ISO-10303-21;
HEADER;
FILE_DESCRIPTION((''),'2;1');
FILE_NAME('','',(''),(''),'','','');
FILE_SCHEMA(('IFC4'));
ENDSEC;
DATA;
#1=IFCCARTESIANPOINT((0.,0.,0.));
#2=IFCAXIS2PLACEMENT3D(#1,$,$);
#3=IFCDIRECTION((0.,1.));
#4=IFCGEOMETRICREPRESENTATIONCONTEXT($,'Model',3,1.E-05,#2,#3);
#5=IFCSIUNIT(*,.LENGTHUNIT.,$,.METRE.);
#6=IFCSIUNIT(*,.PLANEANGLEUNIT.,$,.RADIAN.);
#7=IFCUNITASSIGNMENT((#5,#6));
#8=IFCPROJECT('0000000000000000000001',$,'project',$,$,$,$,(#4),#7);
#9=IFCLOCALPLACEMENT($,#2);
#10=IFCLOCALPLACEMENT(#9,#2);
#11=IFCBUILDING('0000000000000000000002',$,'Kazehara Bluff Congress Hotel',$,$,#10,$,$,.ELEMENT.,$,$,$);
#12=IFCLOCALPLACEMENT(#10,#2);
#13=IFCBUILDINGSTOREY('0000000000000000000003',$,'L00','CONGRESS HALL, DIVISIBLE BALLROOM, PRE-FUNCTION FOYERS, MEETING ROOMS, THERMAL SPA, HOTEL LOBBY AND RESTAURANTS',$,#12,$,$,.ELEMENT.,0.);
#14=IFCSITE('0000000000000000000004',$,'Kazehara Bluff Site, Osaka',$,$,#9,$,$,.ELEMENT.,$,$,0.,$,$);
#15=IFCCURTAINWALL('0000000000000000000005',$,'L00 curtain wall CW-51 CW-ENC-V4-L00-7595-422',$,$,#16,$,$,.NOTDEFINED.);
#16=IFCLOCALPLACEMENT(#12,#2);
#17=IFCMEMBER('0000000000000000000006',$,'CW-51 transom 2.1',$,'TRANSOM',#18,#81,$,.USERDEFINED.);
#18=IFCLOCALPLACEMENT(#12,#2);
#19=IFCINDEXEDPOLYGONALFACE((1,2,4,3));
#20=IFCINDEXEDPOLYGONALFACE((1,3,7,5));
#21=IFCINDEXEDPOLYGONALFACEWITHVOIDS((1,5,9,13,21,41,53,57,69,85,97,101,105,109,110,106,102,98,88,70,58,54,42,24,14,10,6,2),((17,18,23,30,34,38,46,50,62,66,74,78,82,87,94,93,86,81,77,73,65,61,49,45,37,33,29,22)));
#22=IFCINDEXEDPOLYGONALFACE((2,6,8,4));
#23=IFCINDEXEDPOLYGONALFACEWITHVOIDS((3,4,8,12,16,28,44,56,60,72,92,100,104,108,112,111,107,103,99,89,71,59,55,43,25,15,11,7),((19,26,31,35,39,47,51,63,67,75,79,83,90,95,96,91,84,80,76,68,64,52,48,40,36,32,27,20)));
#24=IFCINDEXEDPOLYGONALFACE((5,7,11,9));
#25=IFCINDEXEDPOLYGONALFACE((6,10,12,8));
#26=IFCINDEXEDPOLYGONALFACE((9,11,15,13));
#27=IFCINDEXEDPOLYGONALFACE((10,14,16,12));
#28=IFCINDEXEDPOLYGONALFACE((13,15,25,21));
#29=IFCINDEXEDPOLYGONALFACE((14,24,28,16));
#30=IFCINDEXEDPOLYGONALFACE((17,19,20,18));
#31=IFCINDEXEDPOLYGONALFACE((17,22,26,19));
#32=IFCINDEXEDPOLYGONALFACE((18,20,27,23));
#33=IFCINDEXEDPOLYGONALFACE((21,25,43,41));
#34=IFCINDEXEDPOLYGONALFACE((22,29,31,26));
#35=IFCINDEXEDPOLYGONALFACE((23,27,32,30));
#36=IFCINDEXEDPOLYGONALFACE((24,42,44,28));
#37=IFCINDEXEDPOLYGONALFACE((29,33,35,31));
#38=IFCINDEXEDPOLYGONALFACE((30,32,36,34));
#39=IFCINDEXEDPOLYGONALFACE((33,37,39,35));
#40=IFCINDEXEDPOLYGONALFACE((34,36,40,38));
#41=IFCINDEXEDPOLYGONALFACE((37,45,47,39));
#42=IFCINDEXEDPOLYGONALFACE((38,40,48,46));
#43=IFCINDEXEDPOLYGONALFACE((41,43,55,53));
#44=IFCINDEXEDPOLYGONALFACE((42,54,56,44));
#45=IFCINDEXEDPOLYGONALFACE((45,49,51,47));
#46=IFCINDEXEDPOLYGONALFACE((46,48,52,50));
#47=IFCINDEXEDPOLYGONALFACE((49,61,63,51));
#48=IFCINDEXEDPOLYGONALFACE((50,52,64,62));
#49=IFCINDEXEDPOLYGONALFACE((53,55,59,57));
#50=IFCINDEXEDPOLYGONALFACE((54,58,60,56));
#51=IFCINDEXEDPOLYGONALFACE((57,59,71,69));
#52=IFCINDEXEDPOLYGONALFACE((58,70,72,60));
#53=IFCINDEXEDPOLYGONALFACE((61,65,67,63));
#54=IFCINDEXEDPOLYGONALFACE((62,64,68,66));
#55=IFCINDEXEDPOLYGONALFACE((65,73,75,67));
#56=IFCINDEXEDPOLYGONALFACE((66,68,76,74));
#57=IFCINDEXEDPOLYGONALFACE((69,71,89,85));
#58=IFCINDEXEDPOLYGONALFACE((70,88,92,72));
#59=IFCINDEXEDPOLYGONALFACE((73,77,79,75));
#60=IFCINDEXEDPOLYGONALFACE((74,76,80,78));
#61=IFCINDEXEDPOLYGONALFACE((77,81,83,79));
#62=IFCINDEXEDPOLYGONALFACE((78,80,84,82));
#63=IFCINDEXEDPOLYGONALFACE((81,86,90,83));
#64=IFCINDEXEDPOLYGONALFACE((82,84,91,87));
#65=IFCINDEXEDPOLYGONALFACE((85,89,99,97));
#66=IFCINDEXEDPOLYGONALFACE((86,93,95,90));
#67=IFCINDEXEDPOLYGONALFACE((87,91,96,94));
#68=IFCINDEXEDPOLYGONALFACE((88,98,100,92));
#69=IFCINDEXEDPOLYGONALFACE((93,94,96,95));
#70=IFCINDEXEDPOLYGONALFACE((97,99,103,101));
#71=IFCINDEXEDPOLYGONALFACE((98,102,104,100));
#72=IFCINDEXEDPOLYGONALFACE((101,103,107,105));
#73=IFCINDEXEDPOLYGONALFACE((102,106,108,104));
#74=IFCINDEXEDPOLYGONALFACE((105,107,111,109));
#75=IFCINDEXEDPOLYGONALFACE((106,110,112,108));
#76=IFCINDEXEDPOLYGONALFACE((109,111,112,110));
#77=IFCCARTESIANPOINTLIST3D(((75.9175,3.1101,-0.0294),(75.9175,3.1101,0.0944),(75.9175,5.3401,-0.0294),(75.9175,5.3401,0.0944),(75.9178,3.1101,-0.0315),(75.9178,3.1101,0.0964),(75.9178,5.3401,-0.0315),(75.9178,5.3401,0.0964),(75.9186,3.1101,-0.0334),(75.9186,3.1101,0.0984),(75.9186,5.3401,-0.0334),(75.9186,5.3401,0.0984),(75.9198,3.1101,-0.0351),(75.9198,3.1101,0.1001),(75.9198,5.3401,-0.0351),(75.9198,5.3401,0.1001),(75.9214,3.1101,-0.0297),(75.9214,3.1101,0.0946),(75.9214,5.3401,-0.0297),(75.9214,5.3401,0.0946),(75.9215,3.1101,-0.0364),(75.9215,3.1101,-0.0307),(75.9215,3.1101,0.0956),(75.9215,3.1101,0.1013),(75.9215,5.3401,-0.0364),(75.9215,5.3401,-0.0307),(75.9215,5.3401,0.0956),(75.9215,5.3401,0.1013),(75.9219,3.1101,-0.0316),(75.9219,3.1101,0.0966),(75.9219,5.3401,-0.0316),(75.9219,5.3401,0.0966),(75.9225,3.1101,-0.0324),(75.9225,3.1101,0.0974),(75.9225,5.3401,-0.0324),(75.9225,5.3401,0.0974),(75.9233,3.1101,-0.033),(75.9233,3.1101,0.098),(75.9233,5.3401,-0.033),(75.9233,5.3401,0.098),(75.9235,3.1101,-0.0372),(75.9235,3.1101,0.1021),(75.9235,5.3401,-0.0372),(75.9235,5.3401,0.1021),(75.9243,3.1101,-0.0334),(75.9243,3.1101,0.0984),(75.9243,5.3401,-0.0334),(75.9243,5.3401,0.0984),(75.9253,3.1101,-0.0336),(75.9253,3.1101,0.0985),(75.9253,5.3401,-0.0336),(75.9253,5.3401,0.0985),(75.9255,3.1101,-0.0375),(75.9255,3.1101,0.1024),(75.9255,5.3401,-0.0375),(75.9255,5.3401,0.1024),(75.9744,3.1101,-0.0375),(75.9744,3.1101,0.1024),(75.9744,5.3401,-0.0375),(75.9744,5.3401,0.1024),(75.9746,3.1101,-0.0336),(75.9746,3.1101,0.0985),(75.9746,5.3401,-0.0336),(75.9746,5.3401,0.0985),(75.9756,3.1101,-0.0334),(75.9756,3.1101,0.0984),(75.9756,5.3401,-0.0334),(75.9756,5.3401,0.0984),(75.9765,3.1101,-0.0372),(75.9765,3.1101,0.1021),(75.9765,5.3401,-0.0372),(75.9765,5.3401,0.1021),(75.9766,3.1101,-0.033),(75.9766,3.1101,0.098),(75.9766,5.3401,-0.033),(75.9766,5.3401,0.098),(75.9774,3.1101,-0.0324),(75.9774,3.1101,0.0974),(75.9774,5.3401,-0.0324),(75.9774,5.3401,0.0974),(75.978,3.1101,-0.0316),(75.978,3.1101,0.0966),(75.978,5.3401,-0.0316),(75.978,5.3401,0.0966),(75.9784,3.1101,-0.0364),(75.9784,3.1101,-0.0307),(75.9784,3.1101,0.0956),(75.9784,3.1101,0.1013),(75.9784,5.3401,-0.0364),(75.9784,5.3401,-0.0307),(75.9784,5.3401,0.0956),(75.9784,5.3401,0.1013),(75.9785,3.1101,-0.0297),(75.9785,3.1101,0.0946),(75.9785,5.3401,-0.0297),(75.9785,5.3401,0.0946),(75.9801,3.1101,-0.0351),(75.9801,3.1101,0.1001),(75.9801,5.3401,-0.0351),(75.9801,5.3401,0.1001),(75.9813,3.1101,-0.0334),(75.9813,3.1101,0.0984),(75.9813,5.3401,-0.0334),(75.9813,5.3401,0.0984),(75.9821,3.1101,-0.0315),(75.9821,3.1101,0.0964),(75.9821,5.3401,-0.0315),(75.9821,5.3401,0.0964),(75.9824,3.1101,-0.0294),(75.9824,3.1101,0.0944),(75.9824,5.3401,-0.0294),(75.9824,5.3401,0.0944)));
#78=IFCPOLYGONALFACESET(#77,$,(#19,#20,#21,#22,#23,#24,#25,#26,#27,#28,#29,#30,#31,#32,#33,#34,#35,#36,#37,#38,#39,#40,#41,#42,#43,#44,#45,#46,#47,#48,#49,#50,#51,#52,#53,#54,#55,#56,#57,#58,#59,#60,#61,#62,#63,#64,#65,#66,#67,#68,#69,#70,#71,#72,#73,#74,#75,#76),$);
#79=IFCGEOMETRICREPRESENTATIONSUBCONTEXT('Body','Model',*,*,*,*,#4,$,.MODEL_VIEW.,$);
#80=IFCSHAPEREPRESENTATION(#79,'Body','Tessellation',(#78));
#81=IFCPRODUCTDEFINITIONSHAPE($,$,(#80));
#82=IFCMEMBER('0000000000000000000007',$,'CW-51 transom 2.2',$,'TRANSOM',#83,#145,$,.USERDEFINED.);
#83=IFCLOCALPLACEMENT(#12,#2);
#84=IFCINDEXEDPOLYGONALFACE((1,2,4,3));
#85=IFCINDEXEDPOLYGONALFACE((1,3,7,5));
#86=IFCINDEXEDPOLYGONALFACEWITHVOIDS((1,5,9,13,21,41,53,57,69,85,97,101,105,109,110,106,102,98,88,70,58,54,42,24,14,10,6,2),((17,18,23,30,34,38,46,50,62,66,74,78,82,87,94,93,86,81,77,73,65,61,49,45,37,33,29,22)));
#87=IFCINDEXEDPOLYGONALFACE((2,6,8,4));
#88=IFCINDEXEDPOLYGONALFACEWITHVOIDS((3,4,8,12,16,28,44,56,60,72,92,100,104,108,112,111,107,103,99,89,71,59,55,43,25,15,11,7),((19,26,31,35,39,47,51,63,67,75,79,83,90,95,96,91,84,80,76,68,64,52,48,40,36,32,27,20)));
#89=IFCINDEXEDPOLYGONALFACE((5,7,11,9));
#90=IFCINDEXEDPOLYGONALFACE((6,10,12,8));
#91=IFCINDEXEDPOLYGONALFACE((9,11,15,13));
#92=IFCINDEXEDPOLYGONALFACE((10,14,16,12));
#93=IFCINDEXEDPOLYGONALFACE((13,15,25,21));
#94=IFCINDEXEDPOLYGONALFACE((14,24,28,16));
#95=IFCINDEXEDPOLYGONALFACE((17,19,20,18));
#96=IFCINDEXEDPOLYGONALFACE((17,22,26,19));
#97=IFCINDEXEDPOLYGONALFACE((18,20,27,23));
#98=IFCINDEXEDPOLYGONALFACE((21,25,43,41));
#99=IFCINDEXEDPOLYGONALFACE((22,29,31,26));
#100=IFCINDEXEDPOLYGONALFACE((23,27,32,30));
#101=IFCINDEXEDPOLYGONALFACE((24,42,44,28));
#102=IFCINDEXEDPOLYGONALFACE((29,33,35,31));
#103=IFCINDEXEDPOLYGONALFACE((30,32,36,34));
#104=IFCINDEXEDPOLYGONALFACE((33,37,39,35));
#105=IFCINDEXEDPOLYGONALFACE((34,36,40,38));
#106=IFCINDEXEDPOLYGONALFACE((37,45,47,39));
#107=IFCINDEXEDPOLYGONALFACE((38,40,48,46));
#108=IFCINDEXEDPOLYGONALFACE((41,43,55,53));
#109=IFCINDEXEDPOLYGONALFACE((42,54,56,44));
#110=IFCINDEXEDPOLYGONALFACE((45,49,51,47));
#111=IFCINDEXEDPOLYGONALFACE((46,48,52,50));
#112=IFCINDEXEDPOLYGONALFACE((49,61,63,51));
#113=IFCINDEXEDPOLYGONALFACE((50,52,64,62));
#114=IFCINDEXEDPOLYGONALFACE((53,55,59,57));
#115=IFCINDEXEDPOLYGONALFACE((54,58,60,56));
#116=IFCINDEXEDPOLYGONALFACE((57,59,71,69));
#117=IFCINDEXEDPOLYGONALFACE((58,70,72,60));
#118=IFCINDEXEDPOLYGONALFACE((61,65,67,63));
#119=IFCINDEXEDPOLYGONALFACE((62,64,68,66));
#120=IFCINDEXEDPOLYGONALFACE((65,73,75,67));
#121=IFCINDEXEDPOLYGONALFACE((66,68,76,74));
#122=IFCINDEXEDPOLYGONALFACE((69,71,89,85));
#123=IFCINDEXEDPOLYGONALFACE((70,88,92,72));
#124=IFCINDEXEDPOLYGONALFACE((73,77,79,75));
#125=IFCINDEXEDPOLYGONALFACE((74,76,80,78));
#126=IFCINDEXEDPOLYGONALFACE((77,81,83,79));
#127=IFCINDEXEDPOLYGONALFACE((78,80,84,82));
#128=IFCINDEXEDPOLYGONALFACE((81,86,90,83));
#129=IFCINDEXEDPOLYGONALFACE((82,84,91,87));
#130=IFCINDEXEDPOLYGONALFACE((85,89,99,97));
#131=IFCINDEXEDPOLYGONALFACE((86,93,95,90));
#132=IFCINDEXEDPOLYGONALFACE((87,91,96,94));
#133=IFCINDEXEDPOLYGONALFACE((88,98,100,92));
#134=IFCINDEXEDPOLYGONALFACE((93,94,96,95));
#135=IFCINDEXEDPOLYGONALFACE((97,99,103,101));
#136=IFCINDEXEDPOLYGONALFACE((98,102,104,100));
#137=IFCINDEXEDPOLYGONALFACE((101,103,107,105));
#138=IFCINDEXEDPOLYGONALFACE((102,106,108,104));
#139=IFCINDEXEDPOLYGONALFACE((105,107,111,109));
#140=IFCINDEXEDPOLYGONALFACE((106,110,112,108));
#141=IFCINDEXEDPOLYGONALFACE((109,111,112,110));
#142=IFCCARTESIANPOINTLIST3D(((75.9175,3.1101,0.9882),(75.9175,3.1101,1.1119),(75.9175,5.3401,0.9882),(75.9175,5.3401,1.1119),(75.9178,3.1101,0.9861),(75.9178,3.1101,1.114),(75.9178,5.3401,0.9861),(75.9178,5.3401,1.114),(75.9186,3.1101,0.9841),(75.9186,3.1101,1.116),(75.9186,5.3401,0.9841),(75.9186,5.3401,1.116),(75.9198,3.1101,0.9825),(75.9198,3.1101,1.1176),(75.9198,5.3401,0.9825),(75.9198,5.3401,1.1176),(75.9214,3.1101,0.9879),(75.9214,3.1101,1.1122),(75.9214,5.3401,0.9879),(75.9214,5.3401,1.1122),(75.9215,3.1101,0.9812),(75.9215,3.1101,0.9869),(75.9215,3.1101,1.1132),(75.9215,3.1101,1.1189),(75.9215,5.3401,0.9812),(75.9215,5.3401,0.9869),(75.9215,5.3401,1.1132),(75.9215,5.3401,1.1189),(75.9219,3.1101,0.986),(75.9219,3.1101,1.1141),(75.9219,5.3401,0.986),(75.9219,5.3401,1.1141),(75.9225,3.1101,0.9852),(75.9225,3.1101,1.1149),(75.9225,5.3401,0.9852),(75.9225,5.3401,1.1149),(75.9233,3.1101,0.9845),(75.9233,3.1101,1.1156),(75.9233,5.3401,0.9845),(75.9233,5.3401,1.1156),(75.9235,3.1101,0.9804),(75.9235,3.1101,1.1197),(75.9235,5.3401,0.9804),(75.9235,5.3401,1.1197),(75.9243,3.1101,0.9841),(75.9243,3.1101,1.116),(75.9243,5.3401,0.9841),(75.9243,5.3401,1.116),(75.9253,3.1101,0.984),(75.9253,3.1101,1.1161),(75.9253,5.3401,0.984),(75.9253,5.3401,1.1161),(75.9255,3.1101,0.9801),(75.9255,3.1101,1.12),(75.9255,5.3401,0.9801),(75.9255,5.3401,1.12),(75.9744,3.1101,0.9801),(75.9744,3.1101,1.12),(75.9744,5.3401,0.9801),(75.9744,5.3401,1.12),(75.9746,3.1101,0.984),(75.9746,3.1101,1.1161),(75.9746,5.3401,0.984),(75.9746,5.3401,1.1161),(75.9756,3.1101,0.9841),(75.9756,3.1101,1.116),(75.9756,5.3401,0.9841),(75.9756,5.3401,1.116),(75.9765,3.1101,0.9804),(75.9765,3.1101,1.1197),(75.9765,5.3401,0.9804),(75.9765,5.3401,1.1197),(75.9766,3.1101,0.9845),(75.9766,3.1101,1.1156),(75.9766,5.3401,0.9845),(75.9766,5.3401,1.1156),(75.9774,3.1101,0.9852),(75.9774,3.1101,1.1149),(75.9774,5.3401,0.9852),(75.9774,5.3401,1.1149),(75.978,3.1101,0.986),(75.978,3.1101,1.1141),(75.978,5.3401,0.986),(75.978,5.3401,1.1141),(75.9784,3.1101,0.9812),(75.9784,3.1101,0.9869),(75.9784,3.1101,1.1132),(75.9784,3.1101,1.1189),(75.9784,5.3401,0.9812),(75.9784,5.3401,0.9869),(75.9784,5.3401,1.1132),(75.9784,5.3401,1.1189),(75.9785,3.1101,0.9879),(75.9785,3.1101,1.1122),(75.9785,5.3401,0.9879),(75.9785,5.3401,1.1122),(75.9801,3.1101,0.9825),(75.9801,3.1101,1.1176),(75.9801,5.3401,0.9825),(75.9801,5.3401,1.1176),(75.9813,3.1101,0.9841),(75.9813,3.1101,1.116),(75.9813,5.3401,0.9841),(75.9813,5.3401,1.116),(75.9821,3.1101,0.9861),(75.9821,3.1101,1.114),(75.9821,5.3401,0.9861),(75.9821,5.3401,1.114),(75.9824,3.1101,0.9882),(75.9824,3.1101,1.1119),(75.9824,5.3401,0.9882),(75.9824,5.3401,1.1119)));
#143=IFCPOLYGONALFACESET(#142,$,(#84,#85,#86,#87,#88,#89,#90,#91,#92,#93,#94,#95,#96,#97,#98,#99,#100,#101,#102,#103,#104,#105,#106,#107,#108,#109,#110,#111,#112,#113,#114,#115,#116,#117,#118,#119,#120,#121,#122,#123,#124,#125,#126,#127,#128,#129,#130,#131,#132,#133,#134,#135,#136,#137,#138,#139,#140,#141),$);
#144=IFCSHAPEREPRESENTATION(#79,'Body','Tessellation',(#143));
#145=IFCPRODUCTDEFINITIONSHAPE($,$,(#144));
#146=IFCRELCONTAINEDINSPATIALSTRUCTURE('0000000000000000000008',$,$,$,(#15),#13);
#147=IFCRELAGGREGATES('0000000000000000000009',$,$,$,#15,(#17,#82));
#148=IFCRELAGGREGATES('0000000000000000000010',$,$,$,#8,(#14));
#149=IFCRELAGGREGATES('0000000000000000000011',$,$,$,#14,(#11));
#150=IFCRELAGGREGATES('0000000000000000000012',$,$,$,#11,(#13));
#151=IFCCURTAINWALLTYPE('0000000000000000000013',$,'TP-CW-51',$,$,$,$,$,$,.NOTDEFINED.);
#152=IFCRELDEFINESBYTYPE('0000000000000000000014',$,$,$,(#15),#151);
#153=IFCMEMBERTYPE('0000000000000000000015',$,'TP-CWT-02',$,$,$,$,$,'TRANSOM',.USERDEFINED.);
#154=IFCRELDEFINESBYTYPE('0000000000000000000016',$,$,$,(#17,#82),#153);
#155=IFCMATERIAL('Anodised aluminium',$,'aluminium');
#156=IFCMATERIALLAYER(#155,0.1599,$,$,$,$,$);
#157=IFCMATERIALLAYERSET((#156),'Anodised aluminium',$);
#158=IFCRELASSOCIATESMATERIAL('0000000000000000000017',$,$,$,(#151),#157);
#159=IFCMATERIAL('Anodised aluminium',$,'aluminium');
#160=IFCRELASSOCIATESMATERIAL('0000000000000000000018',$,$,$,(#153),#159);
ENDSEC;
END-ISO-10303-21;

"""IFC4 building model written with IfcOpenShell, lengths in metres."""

from ifc_helpers import new_model, si_unit, direction, frame, origin, origin_2d, place, context, subcontext, project, spatial, hollow_rectangle, extrude, material, layer, layer_set, material_profile, profile_set, type_object, element, aggregate, save


model = new_model("IFC4")

# Units and contexts
model_context = context("Model", 3, precision=1e-05, world=origin(), true_north=direction((0.0, 1.0)))
body_context = subcontext(model_context, "Body", "Model", "MODEL_VIEW")
ifc_project = project(units=[si_unit("LENGTHUNIT", "METRE"), si_unit("PLANEANGLEUNIT", "RADIAN")], contexts=[model_context])

# Site, building, storey
site_placement = place(None, origin())
site = spatial("IfcSite", under=ifc_project, at=site_placement, Name="Kazehara Bluff Site, Osaka", CompositionType="ELEMENT", RefElevation=0.0)
building_placement = place(site_placement, origin())
building = spatial("IfcBuilding", under=site, at=building_placement, Name="Kazehara Bluff Congress Hotel", CompositionType="ELEMENT")
storey_placement = place(building_placement, origin())
storey = spatial("IfcBuildingStorey", under=building, at=storey_placement, Name="L00", Description="CONGRESS HALL, DIVISIBLE BALLROOM, PRE-FUNCTION FOYERS, MEETING ROOMS, THERMAL SPA, HOTEL LOBBY AND RESTAURANTS", CompositionType="ELEMENT", Elevation=0.0)

# Curtain wall
ifc_material_1 = material(Name="Anodised aluminium", Category="aluminium")
ifc_layer_1 = layer(ifc_material_1, 0.1599)
ifc_layer_set_1 = layer_set([ifc_layer_1], Name="Anodised aluminium")
curtain_wall_type_1 = type_object("IfcCurtainWallType", Name="TP-CW-51", PredefinedType="NOTDEFINED", material=ifc_layer_set_1)
curtain_wall_1_placement = place(storey_placement, origin())
curtain_wall_1 = element("IfcCurtainWall", 1, at=curtain_wall_1_placement, inside=storey, type_object=curtain_wall_type_1, Name="L00 curtain wall CW-51 CW-ENC-V4-L00-7595-422", PredefinedType="NOTDEFINED")

# Members
ifc_material_2 = material(Name="Anodised aluminium", Category="aluminium")
ifc_material_profile_1 = material_profile(ifc_material_2, hollow_rectangle(XDim=0.0649, YDim=0.1399, WallThickness=0.0039, InnerFilletRadius=0.0039, OuterFilletRadius=0.0081, at=origin_2d()))
ifc_profile_set_1 = profile_set([ifc_material_profile_1], Name="Anodised aluminium")
member_type_1 = type_object("IfcMemberType", Name="TP-CWT-02", ElementType="TRANSOM", PredefinedType="USERDEFINED", material=ifc_profile_set_1)
member_1_placement = place(storey_placement, frame((75.95, 5.3401, 0.0325), z_axis=(0.0, -1.0, 0.0), x_axis=(1.0, 0.0, 0.0)))
member_1 = element("IfcMember", 2, at=member_1_placement, type_object=member_type_1, Name="CW-51 transom 2.1", ObjectType="TRANSOM", PredefinedType="USERDEFINED", context=body_context, shape_type="SweptSolid", body=[
    extrude(hollow_rectangle(XDim=0.0649, YDim=0.1399, WallThickness=0.0039, InnerFilletRadius=0.0039, OuterFilletRadius=0.0081, at=origin_2d()), origin(), (0.0, 0.0, 1.0), 2.23),
])
member_2_placement = place(storey_placement, frame((75.95, 5.3401, 1.05), z_axis=(0.0, -1.0, 0.0), x_axis=(1.0, 0.0, 0.0)))
member_2 = element("IfcMember", 3, at=member_2_placement, type_object=member_type_1, Name="CW-51 transom 2.2", ObjectType="TRANSOM", PredefinedType="USERDEFINED", context=body_context, shape_type="SweptSolid", body=[
    extrude(hollow_rectangle(XDim=0.0649, YDim=0.1399, WallThickness=0.0039, InnerFilletRadius=0.0039, OuterFilletRadius=0.0081, at=origin_2d()), origin(), (0.0, 0.0, 1.0), 2.23),
])

aggregate(curtain_wall_1, [member_1, member_2])

save(model, "model.ifc")
